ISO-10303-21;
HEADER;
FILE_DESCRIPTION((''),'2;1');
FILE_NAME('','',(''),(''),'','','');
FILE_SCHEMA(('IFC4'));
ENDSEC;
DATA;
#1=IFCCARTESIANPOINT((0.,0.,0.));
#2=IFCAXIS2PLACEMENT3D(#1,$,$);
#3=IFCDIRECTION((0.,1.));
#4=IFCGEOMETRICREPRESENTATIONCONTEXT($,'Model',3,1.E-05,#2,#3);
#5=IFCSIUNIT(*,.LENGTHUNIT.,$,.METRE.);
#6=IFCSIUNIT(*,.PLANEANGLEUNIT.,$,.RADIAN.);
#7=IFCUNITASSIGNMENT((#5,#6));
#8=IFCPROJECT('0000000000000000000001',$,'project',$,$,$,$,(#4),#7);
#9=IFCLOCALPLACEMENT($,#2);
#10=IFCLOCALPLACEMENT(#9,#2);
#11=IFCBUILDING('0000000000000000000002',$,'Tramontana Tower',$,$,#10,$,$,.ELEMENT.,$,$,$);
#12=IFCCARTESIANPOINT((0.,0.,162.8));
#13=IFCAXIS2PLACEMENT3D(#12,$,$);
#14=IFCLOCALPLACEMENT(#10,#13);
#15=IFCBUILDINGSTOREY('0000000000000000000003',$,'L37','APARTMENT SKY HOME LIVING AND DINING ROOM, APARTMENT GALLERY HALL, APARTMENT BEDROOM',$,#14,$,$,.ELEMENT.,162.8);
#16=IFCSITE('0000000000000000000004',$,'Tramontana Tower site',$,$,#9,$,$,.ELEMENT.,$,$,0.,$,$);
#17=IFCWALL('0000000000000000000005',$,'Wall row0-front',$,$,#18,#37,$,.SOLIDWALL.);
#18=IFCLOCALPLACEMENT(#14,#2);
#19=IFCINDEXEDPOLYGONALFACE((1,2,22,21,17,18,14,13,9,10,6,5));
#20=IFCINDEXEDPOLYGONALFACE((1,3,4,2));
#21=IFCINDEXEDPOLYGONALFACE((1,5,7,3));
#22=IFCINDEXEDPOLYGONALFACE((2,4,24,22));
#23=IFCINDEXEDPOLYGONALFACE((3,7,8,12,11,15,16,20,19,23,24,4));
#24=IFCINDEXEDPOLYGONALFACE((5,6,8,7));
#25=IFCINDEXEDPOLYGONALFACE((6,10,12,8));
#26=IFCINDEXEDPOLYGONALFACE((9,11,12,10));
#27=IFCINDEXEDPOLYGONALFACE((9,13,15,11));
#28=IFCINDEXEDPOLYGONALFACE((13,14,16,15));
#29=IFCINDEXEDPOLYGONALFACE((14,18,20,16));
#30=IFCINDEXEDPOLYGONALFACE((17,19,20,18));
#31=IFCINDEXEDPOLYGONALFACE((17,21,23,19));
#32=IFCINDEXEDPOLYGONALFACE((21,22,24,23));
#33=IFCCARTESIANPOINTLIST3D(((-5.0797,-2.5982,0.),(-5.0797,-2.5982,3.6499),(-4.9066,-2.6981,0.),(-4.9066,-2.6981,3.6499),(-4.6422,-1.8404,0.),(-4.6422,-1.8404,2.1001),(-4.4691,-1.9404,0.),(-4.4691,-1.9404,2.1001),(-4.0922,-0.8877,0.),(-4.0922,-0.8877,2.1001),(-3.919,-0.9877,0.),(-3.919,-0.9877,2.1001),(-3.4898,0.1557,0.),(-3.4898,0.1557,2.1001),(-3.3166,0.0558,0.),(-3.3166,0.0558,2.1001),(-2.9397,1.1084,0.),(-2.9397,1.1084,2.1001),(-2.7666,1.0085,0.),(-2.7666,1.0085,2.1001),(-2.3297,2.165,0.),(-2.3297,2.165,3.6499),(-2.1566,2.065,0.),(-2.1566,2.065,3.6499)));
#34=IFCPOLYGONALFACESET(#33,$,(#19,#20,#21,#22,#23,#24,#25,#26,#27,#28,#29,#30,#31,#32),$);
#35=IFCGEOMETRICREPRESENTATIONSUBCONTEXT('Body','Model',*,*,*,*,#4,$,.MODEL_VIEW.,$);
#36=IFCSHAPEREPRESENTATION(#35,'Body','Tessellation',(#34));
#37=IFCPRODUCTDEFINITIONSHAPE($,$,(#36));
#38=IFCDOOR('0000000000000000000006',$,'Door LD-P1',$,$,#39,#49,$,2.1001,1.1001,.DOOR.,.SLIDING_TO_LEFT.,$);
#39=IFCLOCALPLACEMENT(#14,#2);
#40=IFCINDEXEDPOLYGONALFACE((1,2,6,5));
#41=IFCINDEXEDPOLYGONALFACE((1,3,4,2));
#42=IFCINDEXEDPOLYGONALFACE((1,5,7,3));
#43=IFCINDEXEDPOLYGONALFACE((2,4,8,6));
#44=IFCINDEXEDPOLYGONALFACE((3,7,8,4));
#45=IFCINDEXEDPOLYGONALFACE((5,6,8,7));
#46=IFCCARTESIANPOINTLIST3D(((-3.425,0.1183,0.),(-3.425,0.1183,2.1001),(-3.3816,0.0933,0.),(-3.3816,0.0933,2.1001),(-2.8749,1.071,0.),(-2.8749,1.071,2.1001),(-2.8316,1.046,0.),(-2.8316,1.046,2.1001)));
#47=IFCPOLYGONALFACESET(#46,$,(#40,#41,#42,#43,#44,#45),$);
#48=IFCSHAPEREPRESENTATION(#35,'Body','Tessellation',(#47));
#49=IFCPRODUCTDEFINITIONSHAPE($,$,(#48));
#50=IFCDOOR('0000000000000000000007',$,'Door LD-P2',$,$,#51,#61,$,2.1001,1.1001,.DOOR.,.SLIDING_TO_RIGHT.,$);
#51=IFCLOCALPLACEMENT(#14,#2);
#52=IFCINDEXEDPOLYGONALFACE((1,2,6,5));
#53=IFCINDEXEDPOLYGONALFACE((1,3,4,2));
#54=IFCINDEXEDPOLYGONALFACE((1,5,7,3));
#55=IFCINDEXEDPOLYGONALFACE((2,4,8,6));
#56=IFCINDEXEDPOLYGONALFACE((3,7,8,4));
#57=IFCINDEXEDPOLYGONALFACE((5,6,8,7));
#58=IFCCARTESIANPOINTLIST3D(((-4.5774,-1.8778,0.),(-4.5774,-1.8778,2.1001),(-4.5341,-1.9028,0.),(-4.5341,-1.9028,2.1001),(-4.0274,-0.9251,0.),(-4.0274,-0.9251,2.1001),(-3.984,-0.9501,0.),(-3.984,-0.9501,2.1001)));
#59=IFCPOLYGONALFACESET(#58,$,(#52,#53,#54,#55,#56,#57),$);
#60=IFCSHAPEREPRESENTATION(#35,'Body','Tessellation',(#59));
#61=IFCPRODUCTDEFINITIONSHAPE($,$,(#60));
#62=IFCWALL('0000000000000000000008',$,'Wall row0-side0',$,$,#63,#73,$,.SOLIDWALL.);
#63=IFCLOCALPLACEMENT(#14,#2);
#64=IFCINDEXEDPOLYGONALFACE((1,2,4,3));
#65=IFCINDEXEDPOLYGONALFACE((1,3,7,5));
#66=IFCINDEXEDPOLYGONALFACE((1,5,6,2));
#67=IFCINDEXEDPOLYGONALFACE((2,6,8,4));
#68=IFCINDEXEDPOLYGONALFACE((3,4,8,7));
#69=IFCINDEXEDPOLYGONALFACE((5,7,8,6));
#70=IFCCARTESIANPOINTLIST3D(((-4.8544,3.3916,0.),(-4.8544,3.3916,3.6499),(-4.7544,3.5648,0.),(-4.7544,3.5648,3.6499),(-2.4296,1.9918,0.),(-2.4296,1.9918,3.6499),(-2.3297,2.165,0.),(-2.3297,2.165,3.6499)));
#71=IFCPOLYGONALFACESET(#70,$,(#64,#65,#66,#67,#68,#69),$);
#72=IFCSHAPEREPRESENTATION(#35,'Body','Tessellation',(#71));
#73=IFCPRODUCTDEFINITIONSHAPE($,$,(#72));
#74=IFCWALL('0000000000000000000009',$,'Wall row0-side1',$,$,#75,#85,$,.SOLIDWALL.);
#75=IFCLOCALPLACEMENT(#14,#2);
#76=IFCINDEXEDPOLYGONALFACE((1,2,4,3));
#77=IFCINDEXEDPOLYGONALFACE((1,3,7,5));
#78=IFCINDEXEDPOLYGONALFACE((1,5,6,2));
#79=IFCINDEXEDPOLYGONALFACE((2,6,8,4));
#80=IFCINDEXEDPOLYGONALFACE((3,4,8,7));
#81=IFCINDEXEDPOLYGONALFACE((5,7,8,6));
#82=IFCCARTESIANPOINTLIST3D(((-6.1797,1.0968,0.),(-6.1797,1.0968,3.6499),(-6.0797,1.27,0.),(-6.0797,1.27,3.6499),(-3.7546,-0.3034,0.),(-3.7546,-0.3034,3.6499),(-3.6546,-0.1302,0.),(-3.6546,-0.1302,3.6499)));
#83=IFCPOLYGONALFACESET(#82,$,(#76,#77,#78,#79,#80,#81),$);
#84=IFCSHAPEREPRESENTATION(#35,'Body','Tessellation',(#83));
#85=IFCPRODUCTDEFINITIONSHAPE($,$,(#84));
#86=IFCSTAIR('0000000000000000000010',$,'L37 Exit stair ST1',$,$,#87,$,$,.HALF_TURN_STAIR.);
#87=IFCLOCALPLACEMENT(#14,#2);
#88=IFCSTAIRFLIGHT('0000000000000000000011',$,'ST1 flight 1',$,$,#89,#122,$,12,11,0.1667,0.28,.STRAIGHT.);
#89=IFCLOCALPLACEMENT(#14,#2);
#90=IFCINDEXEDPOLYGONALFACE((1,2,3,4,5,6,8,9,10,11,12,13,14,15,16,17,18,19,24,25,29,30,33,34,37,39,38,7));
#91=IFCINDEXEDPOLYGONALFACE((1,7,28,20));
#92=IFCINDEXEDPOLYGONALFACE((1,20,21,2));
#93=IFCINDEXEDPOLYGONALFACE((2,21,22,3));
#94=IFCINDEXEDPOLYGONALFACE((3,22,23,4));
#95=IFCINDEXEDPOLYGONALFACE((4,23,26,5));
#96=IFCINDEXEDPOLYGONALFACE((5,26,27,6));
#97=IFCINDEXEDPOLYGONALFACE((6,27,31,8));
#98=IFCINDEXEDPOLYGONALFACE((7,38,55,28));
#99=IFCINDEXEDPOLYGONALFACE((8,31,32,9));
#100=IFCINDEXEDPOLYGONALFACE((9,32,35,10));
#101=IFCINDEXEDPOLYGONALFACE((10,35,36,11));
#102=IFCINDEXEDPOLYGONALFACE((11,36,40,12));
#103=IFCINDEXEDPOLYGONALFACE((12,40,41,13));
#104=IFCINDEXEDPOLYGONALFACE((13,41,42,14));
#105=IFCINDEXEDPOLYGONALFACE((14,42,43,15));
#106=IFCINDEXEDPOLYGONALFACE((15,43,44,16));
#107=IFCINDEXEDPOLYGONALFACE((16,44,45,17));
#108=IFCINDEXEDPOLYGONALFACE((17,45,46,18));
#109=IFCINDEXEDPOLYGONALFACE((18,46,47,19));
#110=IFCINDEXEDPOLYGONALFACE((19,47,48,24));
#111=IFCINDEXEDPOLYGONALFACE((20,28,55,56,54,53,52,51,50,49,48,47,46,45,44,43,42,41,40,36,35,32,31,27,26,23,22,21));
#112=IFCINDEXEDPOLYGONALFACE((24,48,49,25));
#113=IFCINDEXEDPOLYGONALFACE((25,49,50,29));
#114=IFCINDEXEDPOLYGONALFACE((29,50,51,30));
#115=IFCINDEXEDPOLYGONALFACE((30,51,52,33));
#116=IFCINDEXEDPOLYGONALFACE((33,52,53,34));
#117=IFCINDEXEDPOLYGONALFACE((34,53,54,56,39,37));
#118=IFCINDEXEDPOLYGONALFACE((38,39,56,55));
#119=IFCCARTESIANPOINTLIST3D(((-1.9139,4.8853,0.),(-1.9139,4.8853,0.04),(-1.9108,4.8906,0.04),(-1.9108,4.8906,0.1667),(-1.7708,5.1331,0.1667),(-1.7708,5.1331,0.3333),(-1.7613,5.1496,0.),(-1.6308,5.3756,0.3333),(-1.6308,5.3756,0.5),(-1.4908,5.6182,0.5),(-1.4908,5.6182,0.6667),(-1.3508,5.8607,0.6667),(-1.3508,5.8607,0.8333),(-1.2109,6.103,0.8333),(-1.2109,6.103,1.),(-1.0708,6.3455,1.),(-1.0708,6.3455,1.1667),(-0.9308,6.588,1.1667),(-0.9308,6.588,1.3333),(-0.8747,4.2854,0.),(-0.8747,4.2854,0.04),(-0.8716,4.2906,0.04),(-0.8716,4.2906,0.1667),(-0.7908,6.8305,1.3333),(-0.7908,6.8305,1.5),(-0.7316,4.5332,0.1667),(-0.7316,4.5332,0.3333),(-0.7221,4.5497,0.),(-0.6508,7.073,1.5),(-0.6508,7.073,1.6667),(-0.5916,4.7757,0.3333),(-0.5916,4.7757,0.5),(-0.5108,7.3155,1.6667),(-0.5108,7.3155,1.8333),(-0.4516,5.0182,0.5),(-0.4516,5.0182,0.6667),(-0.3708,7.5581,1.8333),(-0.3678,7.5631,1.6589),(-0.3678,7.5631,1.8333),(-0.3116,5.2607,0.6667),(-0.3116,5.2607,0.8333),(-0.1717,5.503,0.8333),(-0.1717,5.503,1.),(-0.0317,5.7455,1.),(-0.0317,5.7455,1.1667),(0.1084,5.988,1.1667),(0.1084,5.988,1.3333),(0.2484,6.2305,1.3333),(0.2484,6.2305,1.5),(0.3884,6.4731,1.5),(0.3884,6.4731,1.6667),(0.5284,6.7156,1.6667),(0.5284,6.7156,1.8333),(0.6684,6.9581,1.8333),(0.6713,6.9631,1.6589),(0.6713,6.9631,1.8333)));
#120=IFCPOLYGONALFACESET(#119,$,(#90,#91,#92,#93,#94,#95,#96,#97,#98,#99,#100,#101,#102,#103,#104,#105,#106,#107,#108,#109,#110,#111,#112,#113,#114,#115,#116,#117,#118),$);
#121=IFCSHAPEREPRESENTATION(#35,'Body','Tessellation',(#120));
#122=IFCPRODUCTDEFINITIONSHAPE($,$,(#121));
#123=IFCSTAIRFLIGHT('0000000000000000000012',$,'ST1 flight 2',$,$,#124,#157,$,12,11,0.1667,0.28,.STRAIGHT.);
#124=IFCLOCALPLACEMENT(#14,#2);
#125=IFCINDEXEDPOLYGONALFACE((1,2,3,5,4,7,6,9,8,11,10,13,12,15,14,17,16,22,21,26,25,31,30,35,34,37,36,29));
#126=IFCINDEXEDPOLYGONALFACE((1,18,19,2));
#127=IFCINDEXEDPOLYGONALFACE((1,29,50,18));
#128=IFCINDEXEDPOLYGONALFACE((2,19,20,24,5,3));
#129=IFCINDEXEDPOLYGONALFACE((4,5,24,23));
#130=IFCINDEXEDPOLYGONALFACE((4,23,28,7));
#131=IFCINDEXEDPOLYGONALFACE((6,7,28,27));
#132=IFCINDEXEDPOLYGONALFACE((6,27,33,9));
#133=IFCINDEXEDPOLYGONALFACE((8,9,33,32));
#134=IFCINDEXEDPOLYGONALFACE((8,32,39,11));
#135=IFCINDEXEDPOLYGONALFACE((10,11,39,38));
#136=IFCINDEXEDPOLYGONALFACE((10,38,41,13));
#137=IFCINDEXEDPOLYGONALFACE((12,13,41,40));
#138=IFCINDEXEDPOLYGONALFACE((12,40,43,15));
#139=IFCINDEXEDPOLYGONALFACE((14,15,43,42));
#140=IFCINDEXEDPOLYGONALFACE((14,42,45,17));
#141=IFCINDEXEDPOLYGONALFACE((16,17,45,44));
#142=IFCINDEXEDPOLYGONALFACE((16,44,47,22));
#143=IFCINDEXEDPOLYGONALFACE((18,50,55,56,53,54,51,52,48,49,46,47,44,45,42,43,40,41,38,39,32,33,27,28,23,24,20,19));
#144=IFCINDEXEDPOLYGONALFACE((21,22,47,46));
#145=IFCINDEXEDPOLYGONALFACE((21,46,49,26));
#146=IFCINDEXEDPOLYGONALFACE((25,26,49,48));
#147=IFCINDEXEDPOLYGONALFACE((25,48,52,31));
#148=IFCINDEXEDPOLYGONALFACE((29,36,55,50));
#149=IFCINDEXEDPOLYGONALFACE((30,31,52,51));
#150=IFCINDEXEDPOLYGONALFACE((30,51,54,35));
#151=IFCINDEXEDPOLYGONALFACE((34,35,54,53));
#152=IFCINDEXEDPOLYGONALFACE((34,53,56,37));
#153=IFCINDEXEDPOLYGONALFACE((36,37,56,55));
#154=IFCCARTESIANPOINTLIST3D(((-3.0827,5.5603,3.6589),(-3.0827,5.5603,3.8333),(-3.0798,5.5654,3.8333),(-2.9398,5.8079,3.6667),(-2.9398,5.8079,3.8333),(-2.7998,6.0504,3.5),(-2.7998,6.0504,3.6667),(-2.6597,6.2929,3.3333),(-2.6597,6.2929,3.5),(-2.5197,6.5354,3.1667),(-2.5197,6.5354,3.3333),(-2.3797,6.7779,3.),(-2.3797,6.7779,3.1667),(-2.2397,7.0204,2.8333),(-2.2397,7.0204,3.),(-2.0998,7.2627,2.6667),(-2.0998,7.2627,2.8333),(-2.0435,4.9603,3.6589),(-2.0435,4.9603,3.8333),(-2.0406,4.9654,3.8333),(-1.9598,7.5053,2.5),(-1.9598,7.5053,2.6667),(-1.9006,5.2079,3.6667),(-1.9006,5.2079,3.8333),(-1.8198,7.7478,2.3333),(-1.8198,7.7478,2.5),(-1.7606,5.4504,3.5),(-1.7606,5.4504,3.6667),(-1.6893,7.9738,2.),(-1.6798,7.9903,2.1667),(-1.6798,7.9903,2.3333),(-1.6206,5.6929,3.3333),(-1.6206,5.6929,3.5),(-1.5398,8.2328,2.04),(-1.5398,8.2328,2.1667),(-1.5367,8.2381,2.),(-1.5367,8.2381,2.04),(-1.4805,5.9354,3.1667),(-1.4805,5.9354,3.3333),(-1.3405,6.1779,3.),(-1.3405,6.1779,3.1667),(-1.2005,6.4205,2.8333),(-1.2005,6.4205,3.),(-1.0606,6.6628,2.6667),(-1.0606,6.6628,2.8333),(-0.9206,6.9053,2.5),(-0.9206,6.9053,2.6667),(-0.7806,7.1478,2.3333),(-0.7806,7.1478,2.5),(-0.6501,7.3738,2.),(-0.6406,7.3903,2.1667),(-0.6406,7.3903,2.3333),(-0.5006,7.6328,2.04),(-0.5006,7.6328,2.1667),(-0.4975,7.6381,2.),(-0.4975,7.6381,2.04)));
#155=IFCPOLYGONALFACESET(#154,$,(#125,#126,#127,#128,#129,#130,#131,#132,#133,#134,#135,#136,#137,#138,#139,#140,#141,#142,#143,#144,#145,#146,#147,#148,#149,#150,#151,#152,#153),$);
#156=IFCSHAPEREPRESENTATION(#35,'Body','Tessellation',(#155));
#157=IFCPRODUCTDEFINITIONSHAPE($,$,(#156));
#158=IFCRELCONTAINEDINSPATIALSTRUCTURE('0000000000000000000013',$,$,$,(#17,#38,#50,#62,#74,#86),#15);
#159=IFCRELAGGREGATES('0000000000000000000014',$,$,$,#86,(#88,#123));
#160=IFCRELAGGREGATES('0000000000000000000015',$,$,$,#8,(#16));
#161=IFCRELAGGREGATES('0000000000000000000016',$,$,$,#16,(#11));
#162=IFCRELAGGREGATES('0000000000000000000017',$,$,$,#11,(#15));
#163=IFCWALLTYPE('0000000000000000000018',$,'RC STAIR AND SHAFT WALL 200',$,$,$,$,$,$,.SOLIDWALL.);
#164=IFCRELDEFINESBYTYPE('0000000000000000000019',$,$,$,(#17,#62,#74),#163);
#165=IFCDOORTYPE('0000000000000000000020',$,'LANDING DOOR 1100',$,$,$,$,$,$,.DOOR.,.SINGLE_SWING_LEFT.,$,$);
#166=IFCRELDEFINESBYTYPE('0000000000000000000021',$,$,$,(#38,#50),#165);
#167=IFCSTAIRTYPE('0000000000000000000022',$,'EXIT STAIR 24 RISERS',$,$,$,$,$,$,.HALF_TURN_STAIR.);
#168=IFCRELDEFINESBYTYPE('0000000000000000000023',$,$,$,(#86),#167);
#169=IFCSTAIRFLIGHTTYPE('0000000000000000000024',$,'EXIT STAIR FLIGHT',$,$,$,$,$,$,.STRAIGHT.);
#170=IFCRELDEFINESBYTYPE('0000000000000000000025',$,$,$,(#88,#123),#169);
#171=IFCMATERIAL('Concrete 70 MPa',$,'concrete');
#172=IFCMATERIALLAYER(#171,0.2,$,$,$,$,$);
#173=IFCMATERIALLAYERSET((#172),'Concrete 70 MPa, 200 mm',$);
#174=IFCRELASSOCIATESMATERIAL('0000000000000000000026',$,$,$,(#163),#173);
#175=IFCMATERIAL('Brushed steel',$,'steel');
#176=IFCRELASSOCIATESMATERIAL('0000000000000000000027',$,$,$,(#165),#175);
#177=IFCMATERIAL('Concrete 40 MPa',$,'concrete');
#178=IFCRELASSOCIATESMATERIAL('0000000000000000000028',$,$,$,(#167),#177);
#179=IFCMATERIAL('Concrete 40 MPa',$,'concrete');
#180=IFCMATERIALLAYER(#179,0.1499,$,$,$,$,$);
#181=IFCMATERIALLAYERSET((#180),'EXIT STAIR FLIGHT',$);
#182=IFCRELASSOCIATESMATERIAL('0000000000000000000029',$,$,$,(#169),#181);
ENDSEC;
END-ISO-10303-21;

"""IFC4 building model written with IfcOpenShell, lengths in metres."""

from ifc_helpers import new_model, si_unit, direction, frame, frame_2d, origin, place, context, subcontext, project, spatial, polyline, rectangle, outline, extrude, material, layer, layer_set, type_object, element, fill, aggregate, save


model = new_model("IFC4")

# Units and contexts
model_context = context("Model", 3, precision=1e-05, world=origin(), true_north=direction((0.0, 1.0)))
body_context = subcontext(model_context, "Body", "Model", "MODEL_VIEW")
ifc_project = project(units=[si_unit("LENGTHUNIT", "METRE"), si_unit("PLANEANGLEUNIT", "RADIAN")], contexts=[model_context])

# Site, building, storey
site_placement = place(None, origin())
site = spatial("IfcSite", under=ifc_project, at=site_placement, Name="Tramontana Tower site", CompositionType="ELEMENT", RefElevation=0.0)
building_placement = place(site_placement, origin())
building = spatial("IfcBuilding", under=site, at=building_placement, Name="Tramontana Tower", CompositionType="ELEMENT")
storey_placement = place(building_placement, frame((0.0, 0.0, 162.8)))
storey = spatial("IfcBuildingStorey", under=building, at=storey_placement, Name="L37", Description="APARTMENT SKY HOME LIVING AND DINING ROOM, APARTMENT GALLERY HALL, APARTMENT BEDROOM", CompositionType="ELEMENT", Elevation=162.8)

# Shared definitions
ifc_material_1 = material(Name="Concrete 70 MPa", Category="concrete")
ifc_layer_1 = layer(ifc_material_1, 0.2)
ifc_layer_set_1 = layer_set([ifc_layer_1], Name="Concrete 70 MPa, 200 mm")
wall_type_1 = type_object("IfcWallType", Name="RC STAIR AND SHAFT WALL 200", PredefinedType="SOLIDWALL", material=ifc_layer_set_1)

# Wall, openings, doors
wall_1_placement = place(storey_placement, frame((-2.2432, 2.115, 0.0), z_axis=(0.0, 0.0, 1.0), x_axis=(-0.499997, -0.866027, 0.0)))
wall_1 = element("IfcWall", 1, at=wall_1_placement, inside=storey, type_object=wall_type_1, Name="Wall row0-front", PredefinedType="SOLIDWALL", context=body_context, shape_type="SweptSolid", body=[
    extrude(rectangle(XDim=5.5, YDim=0.2, at=frame_2d((2.75, 0.0))), origin(), (0.0, 0.0, 1.0), 3.6499),
])
opening_1_placement = place(wall_1_placement, frame((1.22, 0.0, 0.0)))
opening_1 = element("IfcOpeningElement", 2, at=opening_1_placement, cuts=wall_1, PredefinedType="OPENING", context=body_context, shape_type="SweptSolid", body=[
    extrude(rectangle(XDim=1.1001, YDim=2.1001, at=frame_2d((0.55, 1.05))), frame((0.0, 0.1099, 0.0), z_axis=(0.0, -1.0, 0.0), x_axis=(1.0, 0.0, 0.0)), (0.0, 0.0, 1.0), 0.22),
])
opening_2_placement = place(wall_1_placement, frame((3.5249, 0.0, 0.0)))
opening_2 = element("IfcOpeningElement", 3, at=opening_2_placement, cuts=wall_1, PredefinedType="OPENING", context=body_context, shape_type="SweptSolid", body=[
    extrude(rectangle(XDim=1.1001, YDim=2.1001, at=frame_2d((0.55, 1.05))), frame((0.0, 0.1099, 0.0), z_axis=(0.0, -1.0, 0.0), x_axis=(1.0, 0.0, 0.0)), (0.0, 0.0, 1.0), 0.22),
])
ifc_material_2 = material(Name="Brushed steel", Category="steel")
door_type_1 = type_object("IfcDoorType", Name="LANDING DOOR 1100", OperationType="SINGLE_SWING_LEFT", PredefinedType="DOOR", material=ifc_material_2)
door_1_placement = place(opening_1_placement, origin())
door_1 = element("IfcDoor", 4, at=door_1_placement, inside=storey, type_object=door_type_1, Name="Door LD-P1", OperationType="SLIDING_TO_LEFT", OverallHeight=2.1001, OverallWidth=1.1001, PredefinedType="DOOR", context=body_context, shape_type="SweptSolid", body=[
    extrude(rectangle(XDim=1.1001, YDim=2.1001, at=frame_2d((0.55, 1.05))), frame((0.0, 0.0249, 0.0), z_axis=(0.0, -1.0, 0.0), x_axis=(1.0, 0.0, 0.0)), (0.0, 0.0, 1.0), 0.05),
])
fill(opening_1, door_1)
door_2_placement = place(opening_2_placement, origin())
door_2 = element("IfcDoor", 5, at=door_2_placement, inside=storey, type_object=door_type_1, Name="Door LD-P2", OperationType="SLIDING_TO_RIGHT", OverallHeight=2.1001, OverallWidth=1.1001, PredefinedType="DOOR", context=body_context, shape_type="SweptSolid", body=[
    extrude(rectangle(XDim=1.1001, YDim=2.1001, at=frame_2d((0.55, 1.05))), frame((0.0, 0.0249, 0.0), z_axis=(0.0, -1.0, 0.0), x_axis=(1.0, 0.0, 0.0)), (0.0, 0.0, 1.0), 0.05),
])
fill(opening_2, door_2)

# Walls
wall_2_placement = place(storey_placement, frame((-2.3796, 2.0784, 0.0), z_axis=(0.0, 0.0, 1.0), x_axis=(-0.866035, 0.499984, 0.0)))
element("IfcWall", 6, at=wall_2_placement, inside=storey, type_object=wall_type_1, Name="Wall row0-side0", PredefinedType="SOLIDWALL", context=body_context, shape_type="SweptSolid", body=[
    extrude(rectangle(XDim=2.7998, YDim=0.2, at=frame_2d((1.3999, 0.0))), origin(), (0.0, 0.0, 1.0), 3.6499),
])
wall_3_placement = place(storey_placement, frame((-3.7046, -0.2168, 0.0), z_axis=(0.0, 0.0, 1.0), x_axis=(-0.866019, 0.500012, 0.0)))
element("IfcWall", 7, at=wall_3_placement, inside=storey, type_object=wall_type_1, Name="Wall row0-side1", PredefinedType="SOLIDWALL", context=body_context, shape_type="SweptSolid", body=[
    extrude(rectangle(XDim=2.8003, YDim=0.2, at=frame_2d((1.4001, 0.0))), origin(), (0.0, 0.0, 1.0), 3.6499),
])

# Stair, stair flights
ifc_material_3 = material(Name="Concrete 40 MPa", Category="concrete")
stair_type = type_object("IfcStairType", Name="EXIT STAIR 24 RISERS", PredefinedType="HALF_TURN_STAIR", material=ifc_material_3)
stair_placement = place(storey_placement, origin())
stair = element("IfcStair", 8, at=stair_placement, inside=storey, type_object=stair_type, Name="L37 Exit stair ST1", PredefinedType="HALF_TURN_STAIR")
ifc_material_4 = material(Name="Concrete 40 MPa", Category="concrete")
ifc_layer_2 = layer(ifc_material_4, 0.1499)
ifc_layer_set_2 = layer_set([ifc_layer_2], Name="EXIT STAIR FLIGHT")
stair_flight_type = type_object("IfcStairFlightType", Name="EXIT STAIR FLIGHT", PredefinedType="STRAIGHT", material=ifc_layer_set_2)
stair_flight_1_placement = place(storey_placement, frame((-1.3911, 4.5906, 0.0), z_axis=(0.0, 0.0, 1.0), x_axis=(0.5, 0.866025, 0.0)))
stair_flight_1 = element("IfcStairFlight", 9, at=stair_flight_1_placement, type_object=stair_flight_type, Name="ST1 flight 1", NumberOfRisers=12, NumberOfTreads=11, PredefinedType="STRAIGHT", RiserHeight=0.1667, TreadLength=0.28, context=body_context, shape_type="SweptSolid", body=[
    extrude(outline(polyline([(-0.0061, 0.0), (-0.0061, 0.04), (0.0, 0.04), (0.0, 0.1667), (0.28, 0.1667), (0.28, 0.3333), (0.5601, 0.3333), (0.5601, 0.5), (0.8401, 0.5), (0.8401, 0.6667), (1.1201, 0.6667), (1.1201, 0.8333), (1.3999, 0.8333), (1.3999, 1.0), (1.6799, 1.0), (1.6799, 1.1667), (1.96, 1.1667), (1.96, 1.3333), (2.24, 1.3333), (2.24, 1.5), (2.52, 1.5), (2.52, 1.6667), (2.8, 1.6667), (2.8, 1.8333), (3.0801, 1.8333), (3.0859, 1.8333), (3.0859, 1.6589), (0.2991, 0.0), (-0.0061, 0.0)])), frame((0.0, 0.6001, 0.0), z_axis=(0.0, -1.0, 0.0), x_axis=(1.0, 0.0, 0.0)), (0.0, 0.0, 1.0), 1.2),
])
stair_flight_2_placement = place(storey_placement, frame((-1.0203, 7.9329, 2.0), z_axis=(0.0, 0.0, 1.0), x_axis=(-0.5, -0.866025, 0.0)))
stair_flight_2 = element("IfcStairFlight", 10, at=stair_flight_2_placement, type_object=stair_flight_type, Name="ST1 flight 2", NumberOfRisers=12, NumberOfTreads=11, PredefinedType="STRAIGHT", RiserHeight=0.1667, TreadLength=0.28, context=body_context, shape_type="SweptSolid", body=[
    extrude(outline(polyline([(-0.0061, 0.0), (-0.0061, 0.04), (0.0, 0.04), (0.0, 0.1667), (0.28, 0.1667), (0.28, 0.3333), (0.5601, 0.3333), (0.5601, 0.5), (0.8401, 0.5), (0.8401, 0.6667), (1.1201, 0.6667), (1.1201, 0.8333), (1.3999, 0.8333), (1.3999, 1.0), (1.6799, 1.0), (1.6799, 1.1667), (1.96, 1.1667), (1.96, 1.3333), (2.24, 1.3333), (2.24, 1.5), (2.52, 1.5), (2.52, 1.6667), (2.8, 1.6667), (2.8, 1.8333), (3.0801, 1.8333), (3.0859, 1.8333), (3.0859, 1.6589), (0.2991, 0.0), (-0.0061, 0.0)])), frame((0.0, 0.6001, 0.0), z_axis=(0.0, -1.0, 0.0), x_axis=(1.0, 0.0, 0.0)), (0.0, 0.0, 1.0), 1.2),
])
aggregate(stair, [stair_flight_1, stair_flight_2])

save(model, "model.ifc")
